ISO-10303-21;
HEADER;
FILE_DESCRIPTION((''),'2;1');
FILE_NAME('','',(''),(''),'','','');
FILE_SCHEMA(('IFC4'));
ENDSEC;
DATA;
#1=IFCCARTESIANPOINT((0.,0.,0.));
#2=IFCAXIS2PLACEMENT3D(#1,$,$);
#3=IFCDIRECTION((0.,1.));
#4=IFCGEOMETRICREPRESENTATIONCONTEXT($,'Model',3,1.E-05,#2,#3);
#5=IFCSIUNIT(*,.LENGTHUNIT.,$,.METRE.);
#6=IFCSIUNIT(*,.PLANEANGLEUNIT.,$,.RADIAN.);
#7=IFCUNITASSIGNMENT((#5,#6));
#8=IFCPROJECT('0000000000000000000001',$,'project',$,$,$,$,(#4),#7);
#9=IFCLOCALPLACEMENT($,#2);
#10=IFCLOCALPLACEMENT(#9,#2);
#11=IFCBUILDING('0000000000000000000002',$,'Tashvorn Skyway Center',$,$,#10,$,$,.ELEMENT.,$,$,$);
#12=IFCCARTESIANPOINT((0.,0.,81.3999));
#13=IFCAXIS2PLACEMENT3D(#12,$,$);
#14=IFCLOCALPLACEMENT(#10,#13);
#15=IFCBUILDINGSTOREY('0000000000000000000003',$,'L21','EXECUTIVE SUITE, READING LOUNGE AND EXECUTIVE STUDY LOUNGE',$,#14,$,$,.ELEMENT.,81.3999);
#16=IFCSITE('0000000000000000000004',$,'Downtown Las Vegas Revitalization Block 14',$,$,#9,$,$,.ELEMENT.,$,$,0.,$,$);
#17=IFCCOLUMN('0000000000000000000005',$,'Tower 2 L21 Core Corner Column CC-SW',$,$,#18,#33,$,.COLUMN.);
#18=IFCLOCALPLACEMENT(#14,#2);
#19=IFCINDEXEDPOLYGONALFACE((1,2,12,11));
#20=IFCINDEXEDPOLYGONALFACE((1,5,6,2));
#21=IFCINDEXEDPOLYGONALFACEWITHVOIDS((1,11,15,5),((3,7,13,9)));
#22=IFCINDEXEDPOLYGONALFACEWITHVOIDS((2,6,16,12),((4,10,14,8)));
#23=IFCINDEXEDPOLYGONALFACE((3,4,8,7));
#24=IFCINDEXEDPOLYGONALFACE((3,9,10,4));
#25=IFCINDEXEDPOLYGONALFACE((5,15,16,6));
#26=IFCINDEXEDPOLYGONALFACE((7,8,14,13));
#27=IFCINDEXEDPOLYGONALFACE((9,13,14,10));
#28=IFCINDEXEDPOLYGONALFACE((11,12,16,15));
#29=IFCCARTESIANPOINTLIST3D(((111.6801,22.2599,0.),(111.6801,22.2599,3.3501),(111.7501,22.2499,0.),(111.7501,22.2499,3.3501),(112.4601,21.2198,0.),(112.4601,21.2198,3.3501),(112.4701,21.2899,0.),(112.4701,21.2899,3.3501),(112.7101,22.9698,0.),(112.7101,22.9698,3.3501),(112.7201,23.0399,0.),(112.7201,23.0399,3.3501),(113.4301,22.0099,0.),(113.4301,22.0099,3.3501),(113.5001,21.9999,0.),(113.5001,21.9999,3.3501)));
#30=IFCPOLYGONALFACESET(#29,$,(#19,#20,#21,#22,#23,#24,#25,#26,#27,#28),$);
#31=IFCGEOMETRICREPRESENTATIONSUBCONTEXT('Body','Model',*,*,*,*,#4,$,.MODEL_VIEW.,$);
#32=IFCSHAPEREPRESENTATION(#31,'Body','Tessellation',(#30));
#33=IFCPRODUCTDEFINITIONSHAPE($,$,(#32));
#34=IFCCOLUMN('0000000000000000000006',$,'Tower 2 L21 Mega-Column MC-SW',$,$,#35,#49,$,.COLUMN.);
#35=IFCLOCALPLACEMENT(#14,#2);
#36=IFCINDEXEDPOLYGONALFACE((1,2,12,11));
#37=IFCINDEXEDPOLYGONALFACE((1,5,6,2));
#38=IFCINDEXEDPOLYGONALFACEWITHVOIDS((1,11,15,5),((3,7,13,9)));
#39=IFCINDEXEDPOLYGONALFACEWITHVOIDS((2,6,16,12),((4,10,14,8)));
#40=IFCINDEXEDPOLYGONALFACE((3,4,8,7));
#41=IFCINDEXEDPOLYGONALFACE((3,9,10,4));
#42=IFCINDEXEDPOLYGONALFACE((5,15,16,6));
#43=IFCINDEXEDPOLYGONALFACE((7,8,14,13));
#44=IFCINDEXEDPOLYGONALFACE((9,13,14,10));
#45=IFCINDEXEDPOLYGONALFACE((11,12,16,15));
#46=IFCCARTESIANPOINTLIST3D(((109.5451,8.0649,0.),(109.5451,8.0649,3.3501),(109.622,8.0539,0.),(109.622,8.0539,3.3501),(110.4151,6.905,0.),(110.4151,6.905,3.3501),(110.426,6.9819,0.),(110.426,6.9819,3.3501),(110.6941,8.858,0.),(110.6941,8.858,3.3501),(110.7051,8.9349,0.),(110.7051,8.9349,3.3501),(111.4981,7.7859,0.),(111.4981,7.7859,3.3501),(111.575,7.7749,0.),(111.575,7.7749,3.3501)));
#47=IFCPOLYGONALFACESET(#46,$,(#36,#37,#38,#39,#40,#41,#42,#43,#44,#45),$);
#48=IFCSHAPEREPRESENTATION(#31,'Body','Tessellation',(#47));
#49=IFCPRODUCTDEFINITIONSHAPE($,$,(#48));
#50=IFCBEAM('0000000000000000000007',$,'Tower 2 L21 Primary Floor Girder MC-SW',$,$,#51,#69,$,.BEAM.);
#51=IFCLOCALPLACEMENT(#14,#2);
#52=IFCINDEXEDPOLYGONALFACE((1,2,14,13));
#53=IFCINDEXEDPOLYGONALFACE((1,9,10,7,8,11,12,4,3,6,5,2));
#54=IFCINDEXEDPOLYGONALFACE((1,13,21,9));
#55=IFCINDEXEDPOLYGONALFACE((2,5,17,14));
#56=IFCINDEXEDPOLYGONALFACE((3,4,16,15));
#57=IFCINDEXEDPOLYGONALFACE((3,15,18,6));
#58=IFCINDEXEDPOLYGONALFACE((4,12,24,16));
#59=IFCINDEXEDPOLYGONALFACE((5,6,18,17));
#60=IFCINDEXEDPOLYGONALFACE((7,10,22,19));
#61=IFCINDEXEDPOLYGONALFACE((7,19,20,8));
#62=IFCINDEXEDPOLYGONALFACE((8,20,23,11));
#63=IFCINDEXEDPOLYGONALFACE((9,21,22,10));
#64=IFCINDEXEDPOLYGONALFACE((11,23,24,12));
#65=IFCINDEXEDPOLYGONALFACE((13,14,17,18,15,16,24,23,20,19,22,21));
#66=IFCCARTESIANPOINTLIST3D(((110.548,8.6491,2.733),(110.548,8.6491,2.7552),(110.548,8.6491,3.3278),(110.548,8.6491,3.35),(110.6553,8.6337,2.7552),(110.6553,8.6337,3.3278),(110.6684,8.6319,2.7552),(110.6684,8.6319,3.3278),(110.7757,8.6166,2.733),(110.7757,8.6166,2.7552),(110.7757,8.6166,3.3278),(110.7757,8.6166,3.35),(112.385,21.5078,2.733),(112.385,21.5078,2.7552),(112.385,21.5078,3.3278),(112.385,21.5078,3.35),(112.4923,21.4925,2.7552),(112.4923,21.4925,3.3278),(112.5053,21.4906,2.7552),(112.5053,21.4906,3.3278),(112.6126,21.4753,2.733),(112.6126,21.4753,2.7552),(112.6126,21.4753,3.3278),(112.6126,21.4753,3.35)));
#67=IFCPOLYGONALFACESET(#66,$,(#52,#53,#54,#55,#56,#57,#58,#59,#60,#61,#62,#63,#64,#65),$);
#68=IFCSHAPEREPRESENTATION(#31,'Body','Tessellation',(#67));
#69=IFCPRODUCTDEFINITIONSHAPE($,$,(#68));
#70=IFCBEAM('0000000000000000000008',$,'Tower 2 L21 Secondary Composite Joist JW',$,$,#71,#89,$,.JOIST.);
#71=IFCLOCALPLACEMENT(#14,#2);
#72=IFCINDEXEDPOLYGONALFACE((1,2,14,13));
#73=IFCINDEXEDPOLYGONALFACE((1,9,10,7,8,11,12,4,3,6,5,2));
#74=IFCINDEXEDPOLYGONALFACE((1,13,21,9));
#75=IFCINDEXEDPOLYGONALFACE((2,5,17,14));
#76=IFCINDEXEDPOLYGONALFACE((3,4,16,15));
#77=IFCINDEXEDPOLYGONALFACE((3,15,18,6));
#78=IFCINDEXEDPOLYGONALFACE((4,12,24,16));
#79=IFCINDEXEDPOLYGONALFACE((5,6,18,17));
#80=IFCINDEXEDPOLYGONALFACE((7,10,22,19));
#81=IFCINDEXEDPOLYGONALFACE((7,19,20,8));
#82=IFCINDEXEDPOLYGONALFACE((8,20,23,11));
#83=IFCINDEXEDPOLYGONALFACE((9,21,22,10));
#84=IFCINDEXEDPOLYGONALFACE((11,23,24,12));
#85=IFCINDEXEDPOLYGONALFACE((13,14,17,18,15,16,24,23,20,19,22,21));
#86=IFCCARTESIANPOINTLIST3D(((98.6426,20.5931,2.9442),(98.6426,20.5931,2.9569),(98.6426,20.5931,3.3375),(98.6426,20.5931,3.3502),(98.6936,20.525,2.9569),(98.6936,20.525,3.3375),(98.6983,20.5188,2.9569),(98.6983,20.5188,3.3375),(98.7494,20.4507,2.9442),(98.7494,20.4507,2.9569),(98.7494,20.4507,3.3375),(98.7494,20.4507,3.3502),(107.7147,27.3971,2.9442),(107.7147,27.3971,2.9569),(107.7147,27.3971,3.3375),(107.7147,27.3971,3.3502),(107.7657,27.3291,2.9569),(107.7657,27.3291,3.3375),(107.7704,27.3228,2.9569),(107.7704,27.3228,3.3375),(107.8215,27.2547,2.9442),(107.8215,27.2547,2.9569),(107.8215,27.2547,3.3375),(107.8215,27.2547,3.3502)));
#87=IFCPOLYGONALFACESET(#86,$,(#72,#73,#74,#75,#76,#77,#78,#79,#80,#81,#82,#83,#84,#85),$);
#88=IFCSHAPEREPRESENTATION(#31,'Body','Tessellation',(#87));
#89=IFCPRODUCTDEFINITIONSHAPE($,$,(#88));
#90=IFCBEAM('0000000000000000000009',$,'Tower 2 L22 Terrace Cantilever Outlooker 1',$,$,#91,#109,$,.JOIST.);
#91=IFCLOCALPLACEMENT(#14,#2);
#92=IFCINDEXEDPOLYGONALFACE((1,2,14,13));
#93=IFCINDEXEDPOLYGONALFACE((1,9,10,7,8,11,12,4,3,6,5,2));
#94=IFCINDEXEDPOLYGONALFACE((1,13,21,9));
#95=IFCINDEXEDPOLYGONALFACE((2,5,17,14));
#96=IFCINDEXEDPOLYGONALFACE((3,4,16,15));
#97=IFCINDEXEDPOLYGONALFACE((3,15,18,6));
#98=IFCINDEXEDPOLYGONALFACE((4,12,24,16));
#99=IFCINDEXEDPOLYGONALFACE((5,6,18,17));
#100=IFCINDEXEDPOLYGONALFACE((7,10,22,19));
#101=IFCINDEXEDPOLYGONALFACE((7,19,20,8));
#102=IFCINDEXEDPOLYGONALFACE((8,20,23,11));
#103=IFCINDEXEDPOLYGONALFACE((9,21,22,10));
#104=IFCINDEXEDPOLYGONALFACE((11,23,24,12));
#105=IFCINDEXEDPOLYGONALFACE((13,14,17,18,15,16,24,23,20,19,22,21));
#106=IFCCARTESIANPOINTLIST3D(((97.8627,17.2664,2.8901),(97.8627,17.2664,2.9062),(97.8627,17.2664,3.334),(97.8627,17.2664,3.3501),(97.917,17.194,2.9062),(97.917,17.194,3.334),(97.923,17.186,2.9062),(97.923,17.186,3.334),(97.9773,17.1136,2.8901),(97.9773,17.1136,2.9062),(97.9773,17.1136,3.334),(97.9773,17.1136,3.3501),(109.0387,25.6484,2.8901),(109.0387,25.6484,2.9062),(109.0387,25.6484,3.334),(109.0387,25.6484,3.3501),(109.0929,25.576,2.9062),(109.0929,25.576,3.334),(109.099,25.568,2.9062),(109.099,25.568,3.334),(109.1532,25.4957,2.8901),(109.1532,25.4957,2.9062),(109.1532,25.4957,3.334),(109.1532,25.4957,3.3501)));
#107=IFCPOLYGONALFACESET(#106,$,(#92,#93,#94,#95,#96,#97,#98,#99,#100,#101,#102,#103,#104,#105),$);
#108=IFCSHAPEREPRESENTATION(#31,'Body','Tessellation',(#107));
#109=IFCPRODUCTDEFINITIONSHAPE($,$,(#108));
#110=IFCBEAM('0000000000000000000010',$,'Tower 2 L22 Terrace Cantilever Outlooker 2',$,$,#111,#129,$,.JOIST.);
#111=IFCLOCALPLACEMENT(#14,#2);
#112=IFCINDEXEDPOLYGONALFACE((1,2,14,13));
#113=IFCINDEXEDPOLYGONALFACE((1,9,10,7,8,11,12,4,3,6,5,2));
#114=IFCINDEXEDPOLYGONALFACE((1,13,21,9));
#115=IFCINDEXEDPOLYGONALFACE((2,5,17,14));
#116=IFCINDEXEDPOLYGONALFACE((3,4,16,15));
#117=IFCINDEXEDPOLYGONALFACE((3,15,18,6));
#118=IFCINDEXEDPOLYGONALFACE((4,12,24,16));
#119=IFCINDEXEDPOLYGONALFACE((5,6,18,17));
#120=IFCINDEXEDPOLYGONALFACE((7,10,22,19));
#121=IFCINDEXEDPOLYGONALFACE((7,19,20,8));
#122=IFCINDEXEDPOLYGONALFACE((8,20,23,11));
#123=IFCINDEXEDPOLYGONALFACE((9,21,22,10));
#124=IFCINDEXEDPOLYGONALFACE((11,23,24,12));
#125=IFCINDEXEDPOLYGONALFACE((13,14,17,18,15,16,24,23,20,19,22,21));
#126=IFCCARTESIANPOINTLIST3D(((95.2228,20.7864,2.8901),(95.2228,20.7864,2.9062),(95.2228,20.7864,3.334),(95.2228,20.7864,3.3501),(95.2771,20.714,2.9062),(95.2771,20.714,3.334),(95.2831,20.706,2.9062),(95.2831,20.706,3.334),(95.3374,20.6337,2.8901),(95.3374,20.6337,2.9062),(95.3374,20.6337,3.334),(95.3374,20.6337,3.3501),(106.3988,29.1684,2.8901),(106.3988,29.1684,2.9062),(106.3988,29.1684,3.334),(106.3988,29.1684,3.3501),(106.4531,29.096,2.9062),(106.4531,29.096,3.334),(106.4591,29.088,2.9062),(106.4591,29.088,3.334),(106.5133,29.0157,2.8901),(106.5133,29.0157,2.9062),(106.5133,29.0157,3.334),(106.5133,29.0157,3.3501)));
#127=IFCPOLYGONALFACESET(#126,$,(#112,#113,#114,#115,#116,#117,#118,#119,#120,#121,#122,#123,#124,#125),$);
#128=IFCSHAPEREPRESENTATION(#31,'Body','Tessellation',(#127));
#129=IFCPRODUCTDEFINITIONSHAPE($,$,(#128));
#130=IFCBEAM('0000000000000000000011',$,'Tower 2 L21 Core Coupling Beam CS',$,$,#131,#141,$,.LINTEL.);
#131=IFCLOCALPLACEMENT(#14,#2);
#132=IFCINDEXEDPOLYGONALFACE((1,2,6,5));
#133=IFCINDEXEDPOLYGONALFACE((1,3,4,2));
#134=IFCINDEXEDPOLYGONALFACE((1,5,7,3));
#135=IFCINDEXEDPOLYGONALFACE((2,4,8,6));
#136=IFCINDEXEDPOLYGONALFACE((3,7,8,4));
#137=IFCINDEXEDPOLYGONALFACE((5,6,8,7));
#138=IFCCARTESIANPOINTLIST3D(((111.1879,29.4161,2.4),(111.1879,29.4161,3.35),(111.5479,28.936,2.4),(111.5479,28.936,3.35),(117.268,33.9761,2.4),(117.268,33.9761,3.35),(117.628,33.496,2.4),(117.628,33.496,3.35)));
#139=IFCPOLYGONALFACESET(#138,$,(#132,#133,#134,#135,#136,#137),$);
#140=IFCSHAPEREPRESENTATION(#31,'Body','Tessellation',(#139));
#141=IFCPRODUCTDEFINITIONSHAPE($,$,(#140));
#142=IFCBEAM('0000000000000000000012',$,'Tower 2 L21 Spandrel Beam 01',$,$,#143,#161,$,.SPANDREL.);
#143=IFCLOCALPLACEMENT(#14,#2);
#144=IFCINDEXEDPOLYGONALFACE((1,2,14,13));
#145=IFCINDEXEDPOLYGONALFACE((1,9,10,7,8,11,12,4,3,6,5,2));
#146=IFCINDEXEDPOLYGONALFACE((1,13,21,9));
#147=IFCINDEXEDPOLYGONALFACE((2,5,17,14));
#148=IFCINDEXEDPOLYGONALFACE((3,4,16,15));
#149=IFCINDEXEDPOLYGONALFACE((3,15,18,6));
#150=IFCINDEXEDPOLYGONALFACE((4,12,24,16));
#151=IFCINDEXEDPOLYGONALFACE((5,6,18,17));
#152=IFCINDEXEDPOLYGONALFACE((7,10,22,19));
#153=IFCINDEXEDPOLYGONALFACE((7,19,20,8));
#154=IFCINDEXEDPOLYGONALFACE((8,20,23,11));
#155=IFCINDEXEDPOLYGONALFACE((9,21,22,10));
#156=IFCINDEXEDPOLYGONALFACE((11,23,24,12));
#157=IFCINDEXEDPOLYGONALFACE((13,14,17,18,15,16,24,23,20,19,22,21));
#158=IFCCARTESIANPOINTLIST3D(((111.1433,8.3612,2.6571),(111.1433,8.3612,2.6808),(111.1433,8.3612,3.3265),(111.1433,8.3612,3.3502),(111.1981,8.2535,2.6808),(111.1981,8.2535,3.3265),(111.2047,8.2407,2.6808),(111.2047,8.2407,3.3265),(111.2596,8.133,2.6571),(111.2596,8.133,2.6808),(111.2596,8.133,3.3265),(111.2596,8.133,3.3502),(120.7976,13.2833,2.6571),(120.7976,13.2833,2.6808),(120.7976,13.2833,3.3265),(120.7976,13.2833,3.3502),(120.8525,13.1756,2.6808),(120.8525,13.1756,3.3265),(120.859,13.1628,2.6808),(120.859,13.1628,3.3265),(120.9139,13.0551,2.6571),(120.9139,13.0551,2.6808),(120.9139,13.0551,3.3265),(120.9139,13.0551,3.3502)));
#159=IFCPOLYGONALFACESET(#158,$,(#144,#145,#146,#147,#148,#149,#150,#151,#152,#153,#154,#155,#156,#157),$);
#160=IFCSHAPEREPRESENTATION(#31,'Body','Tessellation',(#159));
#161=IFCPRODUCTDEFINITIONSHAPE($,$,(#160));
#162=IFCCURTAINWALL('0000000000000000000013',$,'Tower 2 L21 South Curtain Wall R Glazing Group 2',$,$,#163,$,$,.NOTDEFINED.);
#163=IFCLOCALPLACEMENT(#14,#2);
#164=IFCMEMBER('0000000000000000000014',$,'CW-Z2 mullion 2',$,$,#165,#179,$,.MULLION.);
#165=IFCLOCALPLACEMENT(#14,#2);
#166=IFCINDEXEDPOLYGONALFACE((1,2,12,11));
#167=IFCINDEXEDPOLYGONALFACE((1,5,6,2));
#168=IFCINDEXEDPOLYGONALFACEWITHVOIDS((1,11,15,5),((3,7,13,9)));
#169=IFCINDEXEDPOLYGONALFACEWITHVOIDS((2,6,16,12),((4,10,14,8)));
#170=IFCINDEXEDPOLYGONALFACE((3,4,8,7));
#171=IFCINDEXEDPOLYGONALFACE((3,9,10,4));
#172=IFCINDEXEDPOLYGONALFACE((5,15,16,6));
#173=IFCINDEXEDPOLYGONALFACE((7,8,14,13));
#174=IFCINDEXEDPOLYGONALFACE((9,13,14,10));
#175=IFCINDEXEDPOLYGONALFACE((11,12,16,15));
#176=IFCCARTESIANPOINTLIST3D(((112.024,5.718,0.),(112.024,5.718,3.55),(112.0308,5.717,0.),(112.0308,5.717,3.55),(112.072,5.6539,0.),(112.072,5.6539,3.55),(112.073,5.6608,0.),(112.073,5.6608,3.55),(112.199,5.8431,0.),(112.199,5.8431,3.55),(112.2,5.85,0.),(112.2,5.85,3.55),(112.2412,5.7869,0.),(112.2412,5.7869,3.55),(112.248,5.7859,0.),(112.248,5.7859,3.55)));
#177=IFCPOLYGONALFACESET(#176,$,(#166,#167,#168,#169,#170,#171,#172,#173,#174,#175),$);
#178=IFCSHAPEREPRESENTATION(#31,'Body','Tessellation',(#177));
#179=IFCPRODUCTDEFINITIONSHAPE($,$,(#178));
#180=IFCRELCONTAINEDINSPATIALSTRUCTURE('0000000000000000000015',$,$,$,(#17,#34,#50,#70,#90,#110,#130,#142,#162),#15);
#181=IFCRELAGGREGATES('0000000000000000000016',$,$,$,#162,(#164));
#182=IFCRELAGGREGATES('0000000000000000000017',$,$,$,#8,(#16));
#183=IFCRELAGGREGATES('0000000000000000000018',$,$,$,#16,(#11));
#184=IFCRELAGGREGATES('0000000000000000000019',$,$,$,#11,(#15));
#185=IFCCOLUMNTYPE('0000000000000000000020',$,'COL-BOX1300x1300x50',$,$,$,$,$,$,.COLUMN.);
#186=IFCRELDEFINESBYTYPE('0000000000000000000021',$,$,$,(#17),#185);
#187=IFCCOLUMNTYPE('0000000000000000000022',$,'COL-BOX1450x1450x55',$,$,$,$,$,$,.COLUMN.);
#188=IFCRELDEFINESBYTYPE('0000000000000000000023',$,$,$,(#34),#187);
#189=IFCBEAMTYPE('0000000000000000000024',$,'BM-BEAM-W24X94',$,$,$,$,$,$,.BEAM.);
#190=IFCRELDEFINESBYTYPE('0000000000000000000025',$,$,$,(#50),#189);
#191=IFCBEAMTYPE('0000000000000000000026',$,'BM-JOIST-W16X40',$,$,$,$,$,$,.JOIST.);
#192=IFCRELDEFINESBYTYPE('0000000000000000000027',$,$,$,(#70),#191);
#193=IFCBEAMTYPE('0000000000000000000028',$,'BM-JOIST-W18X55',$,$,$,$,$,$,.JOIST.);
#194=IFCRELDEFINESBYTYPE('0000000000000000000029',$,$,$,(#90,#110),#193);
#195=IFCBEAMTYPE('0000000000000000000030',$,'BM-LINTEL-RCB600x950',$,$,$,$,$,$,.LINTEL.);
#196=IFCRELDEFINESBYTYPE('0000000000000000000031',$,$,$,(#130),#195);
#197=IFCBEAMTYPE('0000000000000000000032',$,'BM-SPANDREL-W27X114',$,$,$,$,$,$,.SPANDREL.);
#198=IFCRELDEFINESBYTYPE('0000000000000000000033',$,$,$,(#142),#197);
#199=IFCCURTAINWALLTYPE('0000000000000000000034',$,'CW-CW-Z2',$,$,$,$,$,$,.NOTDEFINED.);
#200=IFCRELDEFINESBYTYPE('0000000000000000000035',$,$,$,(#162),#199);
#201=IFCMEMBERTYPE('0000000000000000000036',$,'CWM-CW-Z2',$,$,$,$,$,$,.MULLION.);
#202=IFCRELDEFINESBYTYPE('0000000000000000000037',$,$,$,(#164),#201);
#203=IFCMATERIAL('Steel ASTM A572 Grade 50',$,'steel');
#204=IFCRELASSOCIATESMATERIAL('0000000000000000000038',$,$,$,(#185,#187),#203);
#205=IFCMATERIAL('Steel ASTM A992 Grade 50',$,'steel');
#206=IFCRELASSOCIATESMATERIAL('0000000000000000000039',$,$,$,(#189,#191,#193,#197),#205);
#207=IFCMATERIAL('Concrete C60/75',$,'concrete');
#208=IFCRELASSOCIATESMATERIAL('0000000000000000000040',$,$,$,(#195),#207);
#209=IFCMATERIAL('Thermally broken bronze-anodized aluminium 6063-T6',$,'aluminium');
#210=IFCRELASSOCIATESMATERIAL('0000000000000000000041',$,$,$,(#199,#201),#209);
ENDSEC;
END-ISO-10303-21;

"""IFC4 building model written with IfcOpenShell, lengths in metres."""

from ifc_helpers import new_model, si_unit, direction, frame, origin, origin_2d, place, context, subcontext, project, spatial, rectangle, hollow_rectangle, i_section, extrude, material, material_profile, profile_set, type_object, element, aggregate, save


model = new_model("IFC4")

# Units and contexts
model_context = context("Model", 3, precision=1e-05, world=origin(), true_north=direction((0.0, 1.0)))
body_context = subcontext(model_context, "Body", "Model", "MODEL_VIEW")
ifc_project = project(units=[si_unit("LENGTHUNIT", "METRE"), si_unit("PLANEANGLEUNIT", "RADIAN")], contexts=[model_context])

# Site, building, storey
site_placement = place(None, origin())
site = spatial("IfcSite", under=ifc_project, at=site_placement, Name="Downtown Las Vegas Revitalization Block 14", CompositionType="ELEMENT", RefElevation=0.0)
building_placement = place(site_placement, origin())
building = spatial("IfcBuilding", under=site, at=building_placement, Name="Tashvorn Skyway Center", CompositionType="ELEMENT")
storey_placement = place(building_placement, frame((0.0, 0.0, 81.3999)))
storey = spatial("IfcBuildingStorey", under=building, at=storey_placement, Name="L21", Description="EXECUTIVE SUITE, READING LOUNGE AND EXECUTIVE STUDY LOUNGE", CompositionType="ELEMENT", Elevation=81.3999)

# Columns
ifc_material_1 = material(Name="Steel ASTM A572 Grade 50", Category="steel")
ifc_material_profile_1 = material_profile(ifc_material_1, hollow_rectangle(XDim=1.3, YDim=1.3, WallThickness=0.05, at=origin_2d()), Name="BOX1300x1300x50")
ifc_profile_set_1 = profile_set([ifc_material_profile_1], Name="Steel ASTM A572 Grade 50")
column_type_1 = type_object("IfcColumnType", Name="COL-BOX1300x1300x50", PredefinedType="COLUMN", material=ifc_profile_set_1)
column_1_placement = place(storey_placement, frame((112.5901, 22.1299, 0.0), z_axis=(0.0, 0.0, 1.0), x_axis=(0.8, 0.6, 0.0)))
element("IfcColumn", 1, at=column_1_placement, inside=storey, type_object=column_type_1, Name="Tower 2 L21 Core Corner Column CC-SW", PredefinedType="COLUMN", context=body_context, shape_type="SweptSolid", body=[
    extrude(hollow_rectangle(XDim=1.3, YDim=1.3, WallThickness=0.05, at=origin_2d()), origin(), (0.0, 0.0, 1.0), 3.3501),
])
ifc_material_profile_2 = material_profile(ifc_material_1, hollow_rectangle(XDim=1.45, YDim=1.45, WallThickness=0.0549, at=origin_2d()), Name="BOX1450x1450x55")
ifc_profile_set_2 = profile_set([ifc_material_profile_2], Name="Steel ASTM A572 Grade 50")
column_type_2 = type_object("IfcColumnType", Name="COL-BOX1450x1450x55", PredefinedType="COLUMN", material=ifc_profile_set_2)
column_2_placement = place(storey_placement, frame((110.5601, 7.9199, 0.0), z_axis=(0.0, 0.0, 1.0), x_axis=(0.8, 0.6, 0.0)))
element("IfcColumn", 2, at=column_2_placement, inside=storey, type_object=column_type_2, Name="Tower 2 L21 Mega-Column MC-SW", PredefinedType="COLUMN", context=body_context, shape_type="SweptSolid", body=[
    extrude(hollow_rectangle(XDim=1.45, YDim=1.45, WallThickness=0.0549, at=origin_2d()), origin(), (0.0, 0.0, 1.0), 3.3501),
])

# Beams
ifc_material_2 = material(Name="Steel ASTM A992 Grade 50", Category="steel")
ifc_material_profile_3 = material_profile(ifc_material_2, i_section(OverallWidth=0.23, OverallDepth=0.6169, WebThickness=0.0132, FlangeThickness=0.0222, at=origin_2d()), Name="W24X94")
ifc_profile_set_3 = profile_set([ifc_material_profile_3], Name="Steel ASTM A992 Grade 50")
beam_type_1 = type_object("IfcBeamType", Name="BM-BEAM-W24X94", PredefinedType="BEAM", material=ifc_profile_set_3)
beam_1_placement = place(storey_placement, frame((110.6619, 8.6328, 3.0415), z_axis=(0.141419, 0.98995, 0.0), x_axis=(-0.98995, 0.141419, 0.0)))
element("IfcBeam", 3, at=beam_1_placement, inside=storey, type_object=beam_type_1, Name="Tower 2 L21 Primary Floor Girder MC-SW", PredefinedType="BEAM", context=body_context, shape_type="SweptSolid", body=[
    extrude(i_section(OverallWidth=0.23, OverallDepth=0.6169, WebThickness=0.0132, FlangeThickness=0.0222, at=origin_2d()), origin(), (0.0, 0.0, 1.0), 12.9893),
])
ifc_material_profile_4 = material_profile(ifc_material_2, i_section(OverallWidth=0.178, OverallDepth=0.406, WebThickness=0.0078, FlangeThickness=0.0127, at=origin_2d()), Name="W16X40")
ifc_profile_set_4 = profile_set([ifc_material_profile_4], Name="Steel ASTM A992 Grade 50")
beam_type_2 = type_object("IfcBeamType", Name="BM-JOIST-W16X40", PredefinedType="JOIST", material=ifc_profile_set_4)
beam_2_placement = place(storey_placement, frame((107.7681, 27.3259, 3.1472), z_axis=(-0.800003, -0.599997, 0.0), x_axis=(0.599997, -0.800003, 0.0)))
element("IfcBeam", 4, at=beam_2_placement, inside=storey, type_object=beam_type_2, Name="Tower 2 L21 Secondary Composite Joist JW", PredefinedType="JOIST", context=body_context, shape_type="SweptSolid", body=[
    extrude(i_section(OverallWidth=0.178, OverallDepth=0.406, WebThickness=0.0078, FlangeThickness=0.0127, at=origin_2d()), origin(), (0.0, 0.0, 1.0), 11.3401),
])
ifc_material_profile_5 = material_profile(ifc_material_2, i_section(OverallWidth=0.1909, OverallDepth=0.46, WebThickness=0.01, FlangeThickness=0.0161, at=origin_2d()), Name="W18X55")
ifc_profile_set_5 = profile_set([ifc_material_profile_5], Name="Steel ASTM A992 Grade 50")
beam_type_3 = type_object("IfcBeamType", Name="BM-JOIST-W18X55", PredefinedType="JOIST", material=ifc_profile_set_5)
for number, where, z_axis, x_axis, name in (
    (5, (109.0959, 25.572, 3.1201), (-0.799998, -0.600003, 0.0), (0.600003, -0.799998, 0.0), "Tower 2 L22 Terrace Cantilever Outlooker 1"),
    (6, (106.4561, 29.092, 3.1201), (-0.799998, -0.600003, 0.0), (0.600003, -0.799998, 0.0), "Tower 2 L22 Terrace Cantilever Outlooker 2"),
):
    element("IfcBeam", number, at=place(storey_placement, frame(where, z_axis=z_axis, x_axis=x_axis)), inside=storey, type_object=beam_type_3, Name=name, PredefinedType="JOIST", context=body_context, shape_type="SweptSolid", body=[
        extrude(i_section(OverallWidth=0.1909, OverallDepth=0.46, WebThickness=0.01, FlangeThickness=0.0161, at=origin_2d()), origin(), (0.0, 0.0, 1.0), 13.97),
    ])
ifc_material_3 = material(Name="Concrete C60/75", Category="concrete")
ifc_material_profile_6 = material_profile(ifc_material_3, rectangle(XDim=0.6001, YDim=0.95, at=origin_2d()), Name="RCB600x950")
ifc_profile_set_6 = profile_set([ifc_material_profile_6], Name="Concrete C60/75")
beam_type_4 = type_object("IfcBeamType", Name="BM-LINTEL-RCB600x950", PredefinedType="LINTEL", material=ifc_profile_set_6)
beam_3_placement = place(storey_placement, frame((111.3679, 29.176, 2.875), z_axis=(0.8, 0.6, 0.0), x_axis=(-0.6, 0.8, 0.0)))
element("IfcBeam", 7, at=beam_3_placement, inside=storey, type_object=beam_type_4, Name="Tower 2 L21 Core Coupling Beam CS", PredefinedType="LINTEL", context=body_context, shape_type="SweptSolid", body=[
    extrude(rectangle(XDim=0.6001, YDim=0.95, at=origin_2d()), origin(), (0.0, 0.0, 1.0), 7.6001),
])
ifc_material_profile_7 = material_profile(ifc_material_2, i_section(OverallWidth=0.2561, OverallDepth=0.6931, WebThickness=0.0144, FlangeThickness=0.0237, at=origin_2d()), Name="W27X114")
ifc_profile_set_7 = profile_set([ifc_material_profile_7], Name="Steel ASTM A992 Grade 50")
beam_type_5 = type_object("IfcBeamType", Name="BM-SPANDREL-W27X114", PredefinedType="SPANDREL", material=ifc_profile_set_7)
beam_4_placement = place(storey_placement, frame((111.2014, 8.2471, 3.0037), z_axis=(0.890894, 0.454211, 0.0), x_axis=(-0.454211, 0.890894, 0.0)))
element("IfcBeam", 8, at=beam_4_placement, inside=storey, type_object=beam_type_5, Name="Tower 2 L21 Spandrel Beam 01", PredefinedType="SPANDREL", context=body_context, shape_type="SweptSolid", body=[
    extrude(i_section(OverallWidth=0.2561, OverallDepth=0.6931, WebThickness=0.0144, FlangeThickness=0.0237, at=origin_2d()), origin(), (0.0, 0.0, 1.0), 10.8367),
])

# Curtain wall, member
ifc_material_4 = material(Name="Thermally broken bronze-anodized aluminium 6063-T6", Category="aluminium")
curtain_wall_type = type_object("IfcCurtainWallType", Name="CW-CW-Z2", PredefinedType="NOTDEFINED", material=ifc_material_4)
curtain_wall_1_placement = place(storey_placement, origin())
curtain_wall_1 = element("IfcCurtainWall", 9, at=curtain_wall_1_placement, inside=storey, type_object=curtain_wall_type, Name="Tower 2 L21 South Curtain Wall R Glazing Group 2", PredefinedType="NOTDEFINED")
ifc_material_profile_8 = material_profile(ifc_material_4, hollow_rectangle(XDim=0.0801, YDim=0.22, WallThickness=0.0049, at=origin_2d()), Name="ALU-MULL-80x220")
ifc_profile_set_8 = profile_set([ifc_material_profile_8], Name="Thermally broken bronze-anodized aluminium 6063-T6")
member_type_1 = type_object("IfcMemberType", Name="CWM-CW-Z2", PredefinedType="MULLION", material=ifc_profile_set_8)
member_1_placement = place(storey_placement, frame((112.136, 5.752, 0.0), z_axis=(0.0, 0.0, 1.0), x_axis=(0.599996, -0.800003, 0.0)))
member_1 = element("IfcMember", 10, at=member_1_placement, type_object=member_type_1, Name="CW-Z2 mullion 2", PredefinedType="MULLION", context=body_context, shape_type="SweptSolid", body=[
    extrude(hollow_rectangle(XDim=0.0801, YDim=0.22, WallThickness=0.0049, at=origin_2d()), origin(), (0.0, 0.0, 1.0), 3.55),
])

aggregate(curtain_wall_1, [member_1])

save(model, "model.ifc")
